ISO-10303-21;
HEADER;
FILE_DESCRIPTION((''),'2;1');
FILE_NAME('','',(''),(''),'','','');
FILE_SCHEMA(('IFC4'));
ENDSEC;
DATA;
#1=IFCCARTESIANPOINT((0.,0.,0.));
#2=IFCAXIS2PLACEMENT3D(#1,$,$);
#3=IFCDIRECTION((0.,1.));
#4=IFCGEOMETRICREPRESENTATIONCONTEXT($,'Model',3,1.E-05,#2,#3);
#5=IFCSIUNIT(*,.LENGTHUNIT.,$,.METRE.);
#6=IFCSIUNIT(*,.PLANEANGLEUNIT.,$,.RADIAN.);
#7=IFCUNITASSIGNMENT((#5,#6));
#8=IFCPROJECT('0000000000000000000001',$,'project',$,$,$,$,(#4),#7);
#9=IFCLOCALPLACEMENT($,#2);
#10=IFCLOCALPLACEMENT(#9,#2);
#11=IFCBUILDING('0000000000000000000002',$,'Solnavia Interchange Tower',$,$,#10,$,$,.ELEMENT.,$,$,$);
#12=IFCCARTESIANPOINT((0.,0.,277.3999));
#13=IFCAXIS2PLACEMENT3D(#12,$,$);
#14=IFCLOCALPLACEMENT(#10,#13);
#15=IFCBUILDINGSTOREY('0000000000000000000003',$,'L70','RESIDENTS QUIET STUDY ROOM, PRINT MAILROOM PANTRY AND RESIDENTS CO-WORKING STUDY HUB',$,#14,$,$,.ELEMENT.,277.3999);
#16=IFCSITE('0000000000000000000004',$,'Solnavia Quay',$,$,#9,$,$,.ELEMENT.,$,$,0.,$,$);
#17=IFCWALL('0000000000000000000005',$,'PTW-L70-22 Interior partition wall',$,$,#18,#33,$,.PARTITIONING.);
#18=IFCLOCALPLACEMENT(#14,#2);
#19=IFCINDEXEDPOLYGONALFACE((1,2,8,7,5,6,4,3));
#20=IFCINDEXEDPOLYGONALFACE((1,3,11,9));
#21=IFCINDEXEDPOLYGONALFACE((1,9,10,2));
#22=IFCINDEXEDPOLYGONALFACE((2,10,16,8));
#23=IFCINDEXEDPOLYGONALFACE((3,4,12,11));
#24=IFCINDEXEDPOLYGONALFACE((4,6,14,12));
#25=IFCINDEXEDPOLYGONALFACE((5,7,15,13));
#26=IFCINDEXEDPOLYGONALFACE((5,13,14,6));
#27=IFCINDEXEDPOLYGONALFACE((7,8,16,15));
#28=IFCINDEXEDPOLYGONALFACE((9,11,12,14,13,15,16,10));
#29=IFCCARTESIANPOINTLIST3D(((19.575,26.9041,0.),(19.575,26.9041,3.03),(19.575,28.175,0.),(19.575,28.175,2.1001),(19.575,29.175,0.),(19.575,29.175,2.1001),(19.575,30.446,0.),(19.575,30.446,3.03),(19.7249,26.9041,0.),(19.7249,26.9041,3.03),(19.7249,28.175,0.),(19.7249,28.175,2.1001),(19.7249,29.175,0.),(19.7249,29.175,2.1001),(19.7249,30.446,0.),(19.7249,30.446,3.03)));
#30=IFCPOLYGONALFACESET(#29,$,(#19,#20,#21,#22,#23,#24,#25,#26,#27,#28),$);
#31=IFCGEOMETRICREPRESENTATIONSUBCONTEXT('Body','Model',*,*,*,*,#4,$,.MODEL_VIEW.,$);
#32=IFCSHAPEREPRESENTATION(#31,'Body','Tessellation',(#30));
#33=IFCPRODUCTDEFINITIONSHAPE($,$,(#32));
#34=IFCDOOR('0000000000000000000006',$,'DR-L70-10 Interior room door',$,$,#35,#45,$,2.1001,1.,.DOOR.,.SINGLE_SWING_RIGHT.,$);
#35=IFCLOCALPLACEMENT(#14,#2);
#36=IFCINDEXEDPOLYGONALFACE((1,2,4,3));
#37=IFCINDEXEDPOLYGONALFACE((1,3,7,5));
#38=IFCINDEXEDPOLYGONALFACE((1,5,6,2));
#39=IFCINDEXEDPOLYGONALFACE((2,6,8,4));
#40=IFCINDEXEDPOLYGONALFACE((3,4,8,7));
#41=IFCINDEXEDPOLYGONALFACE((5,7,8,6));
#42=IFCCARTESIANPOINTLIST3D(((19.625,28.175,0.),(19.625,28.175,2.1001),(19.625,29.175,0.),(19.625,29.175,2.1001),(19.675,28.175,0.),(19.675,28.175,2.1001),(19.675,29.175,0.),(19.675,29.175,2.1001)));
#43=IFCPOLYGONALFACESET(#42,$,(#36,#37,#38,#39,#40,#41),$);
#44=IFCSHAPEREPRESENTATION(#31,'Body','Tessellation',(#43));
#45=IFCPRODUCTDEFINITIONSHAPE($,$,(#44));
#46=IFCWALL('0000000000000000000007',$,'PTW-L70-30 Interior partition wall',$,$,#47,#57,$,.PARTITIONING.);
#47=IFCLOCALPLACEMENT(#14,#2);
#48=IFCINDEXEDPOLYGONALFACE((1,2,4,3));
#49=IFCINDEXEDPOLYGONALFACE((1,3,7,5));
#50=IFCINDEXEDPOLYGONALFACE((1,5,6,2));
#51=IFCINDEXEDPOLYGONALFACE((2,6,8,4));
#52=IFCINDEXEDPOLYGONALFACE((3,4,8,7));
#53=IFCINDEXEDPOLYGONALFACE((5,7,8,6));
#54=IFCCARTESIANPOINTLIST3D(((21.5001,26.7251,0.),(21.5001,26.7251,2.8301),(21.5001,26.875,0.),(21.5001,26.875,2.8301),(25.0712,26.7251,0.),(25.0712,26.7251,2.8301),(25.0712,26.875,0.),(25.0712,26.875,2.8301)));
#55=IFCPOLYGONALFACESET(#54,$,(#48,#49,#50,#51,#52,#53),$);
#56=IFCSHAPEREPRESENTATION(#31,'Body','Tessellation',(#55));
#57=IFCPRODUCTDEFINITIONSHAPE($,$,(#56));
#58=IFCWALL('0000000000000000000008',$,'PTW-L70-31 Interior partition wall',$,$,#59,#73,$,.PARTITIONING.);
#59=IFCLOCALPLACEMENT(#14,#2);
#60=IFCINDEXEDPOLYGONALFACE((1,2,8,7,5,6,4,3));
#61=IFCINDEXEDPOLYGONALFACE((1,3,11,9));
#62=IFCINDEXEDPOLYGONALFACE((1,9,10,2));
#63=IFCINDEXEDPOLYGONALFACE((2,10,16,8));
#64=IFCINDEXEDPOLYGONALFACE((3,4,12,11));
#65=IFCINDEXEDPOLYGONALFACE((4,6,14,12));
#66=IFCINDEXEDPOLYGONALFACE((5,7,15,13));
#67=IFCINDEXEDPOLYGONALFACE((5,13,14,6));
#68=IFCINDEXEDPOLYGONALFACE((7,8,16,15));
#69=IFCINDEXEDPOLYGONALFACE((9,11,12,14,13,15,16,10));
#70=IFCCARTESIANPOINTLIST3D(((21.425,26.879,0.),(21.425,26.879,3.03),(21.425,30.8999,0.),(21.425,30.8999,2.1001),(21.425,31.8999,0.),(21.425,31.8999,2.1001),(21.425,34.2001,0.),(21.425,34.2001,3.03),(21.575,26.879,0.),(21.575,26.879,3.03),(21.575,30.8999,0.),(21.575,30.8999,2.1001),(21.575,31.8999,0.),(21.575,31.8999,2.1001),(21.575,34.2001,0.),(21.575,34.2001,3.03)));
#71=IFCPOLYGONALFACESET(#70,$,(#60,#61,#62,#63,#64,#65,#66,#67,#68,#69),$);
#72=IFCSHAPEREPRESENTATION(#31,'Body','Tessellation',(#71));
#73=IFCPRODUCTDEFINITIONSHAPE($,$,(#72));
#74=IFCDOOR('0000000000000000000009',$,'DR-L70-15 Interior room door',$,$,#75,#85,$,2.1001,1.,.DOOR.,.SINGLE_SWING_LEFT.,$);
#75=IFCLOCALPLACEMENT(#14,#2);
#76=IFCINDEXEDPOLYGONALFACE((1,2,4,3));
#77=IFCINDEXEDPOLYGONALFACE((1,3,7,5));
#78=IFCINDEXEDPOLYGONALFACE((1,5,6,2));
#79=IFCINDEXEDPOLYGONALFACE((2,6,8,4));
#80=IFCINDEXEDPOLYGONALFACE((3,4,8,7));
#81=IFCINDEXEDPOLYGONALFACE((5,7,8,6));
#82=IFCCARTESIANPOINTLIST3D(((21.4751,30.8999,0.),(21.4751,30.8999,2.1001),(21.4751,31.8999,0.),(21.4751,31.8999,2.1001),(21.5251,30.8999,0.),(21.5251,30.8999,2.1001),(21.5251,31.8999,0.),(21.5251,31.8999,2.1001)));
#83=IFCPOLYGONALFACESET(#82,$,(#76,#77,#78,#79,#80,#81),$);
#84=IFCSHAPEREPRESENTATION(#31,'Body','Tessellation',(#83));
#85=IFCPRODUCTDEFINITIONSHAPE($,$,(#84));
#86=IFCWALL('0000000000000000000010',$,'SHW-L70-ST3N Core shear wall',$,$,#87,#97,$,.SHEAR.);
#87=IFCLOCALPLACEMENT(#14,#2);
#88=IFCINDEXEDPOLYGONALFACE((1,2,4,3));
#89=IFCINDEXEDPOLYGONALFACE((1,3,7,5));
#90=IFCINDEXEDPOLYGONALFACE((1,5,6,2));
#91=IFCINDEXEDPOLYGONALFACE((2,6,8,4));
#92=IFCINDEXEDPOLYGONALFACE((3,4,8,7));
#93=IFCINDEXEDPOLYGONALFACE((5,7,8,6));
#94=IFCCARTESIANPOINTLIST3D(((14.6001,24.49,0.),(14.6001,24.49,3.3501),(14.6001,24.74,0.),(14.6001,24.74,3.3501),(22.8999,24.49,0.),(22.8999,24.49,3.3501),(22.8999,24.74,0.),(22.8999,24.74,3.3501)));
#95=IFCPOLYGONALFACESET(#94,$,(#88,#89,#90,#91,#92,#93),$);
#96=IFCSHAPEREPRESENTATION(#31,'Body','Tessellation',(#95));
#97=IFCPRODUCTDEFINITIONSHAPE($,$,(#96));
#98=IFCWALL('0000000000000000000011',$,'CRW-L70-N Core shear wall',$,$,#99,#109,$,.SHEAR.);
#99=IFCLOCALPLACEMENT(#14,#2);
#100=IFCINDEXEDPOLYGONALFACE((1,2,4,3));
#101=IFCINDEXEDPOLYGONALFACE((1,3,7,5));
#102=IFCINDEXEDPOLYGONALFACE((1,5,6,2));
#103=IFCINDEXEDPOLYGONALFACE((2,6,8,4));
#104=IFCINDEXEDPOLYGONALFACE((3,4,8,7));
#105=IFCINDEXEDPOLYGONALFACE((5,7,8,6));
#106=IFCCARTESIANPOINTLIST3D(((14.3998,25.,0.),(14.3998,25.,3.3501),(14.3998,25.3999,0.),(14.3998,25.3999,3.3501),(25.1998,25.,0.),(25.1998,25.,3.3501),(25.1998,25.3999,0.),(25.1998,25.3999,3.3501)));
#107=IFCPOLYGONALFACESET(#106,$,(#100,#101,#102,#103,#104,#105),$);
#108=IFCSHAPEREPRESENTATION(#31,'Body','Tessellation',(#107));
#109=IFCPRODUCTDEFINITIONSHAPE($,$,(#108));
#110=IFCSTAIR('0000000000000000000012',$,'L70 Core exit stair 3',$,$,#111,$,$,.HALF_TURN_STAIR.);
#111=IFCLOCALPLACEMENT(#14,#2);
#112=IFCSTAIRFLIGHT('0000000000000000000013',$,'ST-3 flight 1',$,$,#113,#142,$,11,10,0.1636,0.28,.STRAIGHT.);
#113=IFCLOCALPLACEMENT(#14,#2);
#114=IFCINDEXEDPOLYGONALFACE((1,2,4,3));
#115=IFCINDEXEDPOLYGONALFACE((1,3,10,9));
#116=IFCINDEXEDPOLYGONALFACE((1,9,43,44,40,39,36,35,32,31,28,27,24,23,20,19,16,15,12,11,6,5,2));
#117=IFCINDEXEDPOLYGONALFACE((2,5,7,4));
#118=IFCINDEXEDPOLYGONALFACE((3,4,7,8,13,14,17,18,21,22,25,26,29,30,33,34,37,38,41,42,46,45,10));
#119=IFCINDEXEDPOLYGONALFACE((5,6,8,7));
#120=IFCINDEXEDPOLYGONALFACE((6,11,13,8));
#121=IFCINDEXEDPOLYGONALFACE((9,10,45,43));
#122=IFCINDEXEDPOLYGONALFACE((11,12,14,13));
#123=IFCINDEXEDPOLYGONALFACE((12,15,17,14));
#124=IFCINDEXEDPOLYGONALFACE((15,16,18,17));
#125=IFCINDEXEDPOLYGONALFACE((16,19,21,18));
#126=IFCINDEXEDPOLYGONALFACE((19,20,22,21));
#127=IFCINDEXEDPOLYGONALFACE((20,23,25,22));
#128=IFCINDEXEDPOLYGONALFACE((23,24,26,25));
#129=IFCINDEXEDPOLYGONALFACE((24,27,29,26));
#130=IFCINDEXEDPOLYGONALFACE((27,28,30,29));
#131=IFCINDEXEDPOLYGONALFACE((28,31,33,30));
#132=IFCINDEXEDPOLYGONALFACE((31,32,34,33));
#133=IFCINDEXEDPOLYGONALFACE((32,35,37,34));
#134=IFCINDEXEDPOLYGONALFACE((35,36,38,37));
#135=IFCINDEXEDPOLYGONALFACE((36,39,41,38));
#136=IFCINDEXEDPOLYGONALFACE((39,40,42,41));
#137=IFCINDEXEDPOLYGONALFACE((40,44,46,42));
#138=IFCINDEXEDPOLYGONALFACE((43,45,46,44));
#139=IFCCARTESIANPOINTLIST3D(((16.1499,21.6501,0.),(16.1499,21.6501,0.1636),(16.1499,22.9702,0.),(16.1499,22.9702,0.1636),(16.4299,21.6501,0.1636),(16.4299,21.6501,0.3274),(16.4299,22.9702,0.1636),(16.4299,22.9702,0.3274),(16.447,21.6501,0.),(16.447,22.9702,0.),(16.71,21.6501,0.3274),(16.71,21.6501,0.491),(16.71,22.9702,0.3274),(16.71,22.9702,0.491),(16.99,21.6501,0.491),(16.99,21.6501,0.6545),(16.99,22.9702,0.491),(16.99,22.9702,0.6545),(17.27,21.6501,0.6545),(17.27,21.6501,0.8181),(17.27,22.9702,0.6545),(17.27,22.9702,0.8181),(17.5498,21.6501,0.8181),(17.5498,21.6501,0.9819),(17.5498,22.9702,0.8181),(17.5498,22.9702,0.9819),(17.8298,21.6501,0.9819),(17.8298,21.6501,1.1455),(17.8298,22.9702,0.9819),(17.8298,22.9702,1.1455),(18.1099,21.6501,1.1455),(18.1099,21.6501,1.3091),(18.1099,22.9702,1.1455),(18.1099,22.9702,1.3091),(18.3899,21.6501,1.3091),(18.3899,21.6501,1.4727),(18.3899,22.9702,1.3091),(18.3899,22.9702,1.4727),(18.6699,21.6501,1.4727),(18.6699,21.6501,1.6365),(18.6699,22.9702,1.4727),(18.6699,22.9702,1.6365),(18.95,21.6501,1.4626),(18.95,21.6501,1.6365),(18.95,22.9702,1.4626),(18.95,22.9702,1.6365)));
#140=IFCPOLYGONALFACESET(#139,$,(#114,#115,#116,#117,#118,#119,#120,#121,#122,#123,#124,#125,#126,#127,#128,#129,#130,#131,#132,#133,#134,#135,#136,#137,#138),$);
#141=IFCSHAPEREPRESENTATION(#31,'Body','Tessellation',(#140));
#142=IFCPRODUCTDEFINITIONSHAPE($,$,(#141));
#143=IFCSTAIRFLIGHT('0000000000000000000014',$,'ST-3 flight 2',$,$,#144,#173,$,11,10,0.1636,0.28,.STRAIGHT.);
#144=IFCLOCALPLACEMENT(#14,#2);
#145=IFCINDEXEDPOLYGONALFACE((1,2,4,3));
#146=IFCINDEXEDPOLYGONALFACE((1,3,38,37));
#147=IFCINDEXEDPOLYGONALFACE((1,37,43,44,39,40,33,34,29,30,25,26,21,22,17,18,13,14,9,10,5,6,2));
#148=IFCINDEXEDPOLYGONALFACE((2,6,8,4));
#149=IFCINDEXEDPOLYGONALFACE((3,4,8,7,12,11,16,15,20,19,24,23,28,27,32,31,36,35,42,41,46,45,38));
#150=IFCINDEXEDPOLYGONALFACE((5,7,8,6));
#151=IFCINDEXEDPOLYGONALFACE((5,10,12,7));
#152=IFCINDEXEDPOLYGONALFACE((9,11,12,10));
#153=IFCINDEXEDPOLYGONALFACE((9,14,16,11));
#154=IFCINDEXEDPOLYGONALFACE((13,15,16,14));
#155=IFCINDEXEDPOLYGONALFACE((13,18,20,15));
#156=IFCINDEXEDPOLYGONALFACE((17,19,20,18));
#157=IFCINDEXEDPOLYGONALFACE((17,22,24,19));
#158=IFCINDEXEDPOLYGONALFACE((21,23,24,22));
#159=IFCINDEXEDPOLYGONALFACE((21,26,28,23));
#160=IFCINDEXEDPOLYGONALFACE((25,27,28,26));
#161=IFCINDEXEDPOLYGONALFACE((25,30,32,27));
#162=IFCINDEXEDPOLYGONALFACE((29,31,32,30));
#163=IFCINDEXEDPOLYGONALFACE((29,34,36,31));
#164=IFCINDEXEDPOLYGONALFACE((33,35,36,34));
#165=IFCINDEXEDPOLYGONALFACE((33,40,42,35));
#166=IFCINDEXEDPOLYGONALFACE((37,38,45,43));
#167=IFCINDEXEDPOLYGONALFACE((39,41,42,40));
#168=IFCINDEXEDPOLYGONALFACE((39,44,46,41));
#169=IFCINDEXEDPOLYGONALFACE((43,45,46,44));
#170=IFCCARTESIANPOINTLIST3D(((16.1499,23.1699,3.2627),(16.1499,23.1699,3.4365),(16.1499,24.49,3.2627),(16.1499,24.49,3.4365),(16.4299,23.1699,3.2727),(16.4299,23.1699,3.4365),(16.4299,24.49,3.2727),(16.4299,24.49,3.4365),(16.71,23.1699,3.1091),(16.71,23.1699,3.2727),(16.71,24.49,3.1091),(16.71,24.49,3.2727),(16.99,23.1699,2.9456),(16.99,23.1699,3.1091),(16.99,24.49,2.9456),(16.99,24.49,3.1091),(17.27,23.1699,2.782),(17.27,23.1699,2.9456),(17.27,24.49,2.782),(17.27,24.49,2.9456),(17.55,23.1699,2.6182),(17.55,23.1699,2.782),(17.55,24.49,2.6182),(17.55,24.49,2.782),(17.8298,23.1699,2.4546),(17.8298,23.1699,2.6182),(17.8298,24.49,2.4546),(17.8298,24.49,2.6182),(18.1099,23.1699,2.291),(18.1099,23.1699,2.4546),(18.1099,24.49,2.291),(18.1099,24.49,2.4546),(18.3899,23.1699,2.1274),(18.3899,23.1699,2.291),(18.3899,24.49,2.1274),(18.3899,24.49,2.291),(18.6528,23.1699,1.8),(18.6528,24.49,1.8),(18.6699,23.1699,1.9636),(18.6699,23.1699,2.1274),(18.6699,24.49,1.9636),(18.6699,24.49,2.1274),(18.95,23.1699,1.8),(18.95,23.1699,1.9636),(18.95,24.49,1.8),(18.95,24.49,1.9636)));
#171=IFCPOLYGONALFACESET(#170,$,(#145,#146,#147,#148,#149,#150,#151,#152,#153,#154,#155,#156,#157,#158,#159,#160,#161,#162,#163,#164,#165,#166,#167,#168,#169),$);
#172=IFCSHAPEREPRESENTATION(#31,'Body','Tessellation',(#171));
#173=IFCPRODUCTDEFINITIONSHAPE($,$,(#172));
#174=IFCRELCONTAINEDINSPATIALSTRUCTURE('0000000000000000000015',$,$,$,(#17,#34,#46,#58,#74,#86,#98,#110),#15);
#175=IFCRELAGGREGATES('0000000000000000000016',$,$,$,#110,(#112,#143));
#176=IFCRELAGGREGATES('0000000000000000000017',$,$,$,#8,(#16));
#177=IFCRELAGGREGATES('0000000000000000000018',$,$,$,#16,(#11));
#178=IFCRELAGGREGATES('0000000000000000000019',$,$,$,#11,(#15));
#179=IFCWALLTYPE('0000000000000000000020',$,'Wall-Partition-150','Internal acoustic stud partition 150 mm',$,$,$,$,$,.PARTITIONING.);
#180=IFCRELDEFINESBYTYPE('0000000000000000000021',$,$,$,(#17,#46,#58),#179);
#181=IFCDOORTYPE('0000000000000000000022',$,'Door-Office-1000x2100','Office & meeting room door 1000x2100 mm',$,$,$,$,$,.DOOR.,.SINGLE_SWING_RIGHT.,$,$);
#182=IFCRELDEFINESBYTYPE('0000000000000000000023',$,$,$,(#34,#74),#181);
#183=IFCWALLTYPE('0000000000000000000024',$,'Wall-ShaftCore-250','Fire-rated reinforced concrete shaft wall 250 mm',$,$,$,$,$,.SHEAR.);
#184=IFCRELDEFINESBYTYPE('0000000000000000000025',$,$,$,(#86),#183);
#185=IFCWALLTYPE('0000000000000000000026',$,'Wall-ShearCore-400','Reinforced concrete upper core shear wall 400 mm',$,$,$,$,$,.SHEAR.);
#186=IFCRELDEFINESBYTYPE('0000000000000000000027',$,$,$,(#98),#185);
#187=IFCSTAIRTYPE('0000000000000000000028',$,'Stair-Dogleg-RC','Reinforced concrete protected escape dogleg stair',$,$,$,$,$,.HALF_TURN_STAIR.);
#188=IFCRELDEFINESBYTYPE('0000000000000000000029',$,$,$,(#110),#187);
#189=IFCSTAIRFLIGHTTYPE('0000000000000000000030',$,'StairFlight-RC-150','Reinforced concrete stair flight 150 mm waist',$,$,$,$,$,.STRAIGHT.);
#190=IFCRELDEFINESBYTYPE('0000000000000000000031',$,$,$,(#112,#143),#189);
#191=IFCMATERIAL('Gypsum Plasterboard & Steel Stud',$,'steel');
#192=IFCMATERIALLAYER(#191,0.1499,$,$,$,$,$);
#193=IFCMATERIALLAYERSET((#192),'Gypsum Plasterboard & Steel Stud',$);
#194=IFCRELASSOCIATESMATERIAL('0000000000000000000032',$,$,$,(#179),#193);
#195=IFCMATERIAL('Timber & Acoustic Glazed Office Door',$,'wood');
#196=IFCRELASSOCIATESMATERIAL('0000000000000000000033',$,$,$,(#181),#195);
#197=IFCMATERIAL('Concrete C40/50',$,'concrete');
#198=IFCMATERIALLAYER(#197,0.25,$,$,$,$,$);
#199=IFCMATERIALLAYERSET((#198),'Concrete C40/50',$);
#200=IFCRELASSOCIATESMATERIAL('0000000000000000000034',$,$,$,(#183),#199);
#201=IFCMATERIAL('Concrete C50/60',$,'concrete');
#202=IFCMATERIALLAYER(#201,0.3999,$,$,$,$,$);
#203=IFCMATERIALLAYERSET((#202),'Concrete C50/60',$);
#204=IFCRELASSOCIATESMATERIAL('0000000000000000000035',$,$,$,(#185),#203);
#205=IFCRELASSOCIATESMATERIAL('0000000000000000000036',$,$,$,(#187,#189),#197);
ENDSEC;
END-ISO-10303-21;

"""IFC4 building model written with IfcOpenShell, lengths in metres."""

from ifc_helpers import new_model, si_unit, direction, frame, frame_2d, origin, place, context, subcontext, project, spatial, polyline, rectangle, outline, extrude, material, layer, layer_set, type_object, element, fill, aggregate, save


model = new_model("IFC4")

# Units and contexts
model_context = context("Model", 3, precision=1e-05, world=origin(), true_north=direction((0.0, 1.0)))
body_context = subcontext(model_context, "Body", "Model", "MODEL_VIEW")
ifc_project = project(units=[si_unit("LENGTHUNIT", "METRE"), si_unit("PLANEANGLEUNIT", "RADIAN")], contexts=[model_context])

# Site, building, storey
site_placement = place(None, origin())
site = spatial("IfcSite", under=ifc_project, at=site_placement, Name="Solnavia Quay", CompositionType="ELEMENT", RefElevation=0.0)
building_placement = place(site_placement, origin())
building = spatial("IfcBuilding", under=site, at=building_placement, Name="Solnavia Interchange Tower", CompositionType="ELEMENT")
storey_placement = place(building_placement, frame((0.0, 0.0, 277.3999)))
storey = spatial("IfcBuildingStorey", under=building, at=storey_placement, Name="L70", Description="RESIDENTS QUIET STUDY ROOM, PRINT MAILROOM PANTRY AND RESIDENTS CO-WORKING STUDY HUB", CompositionType="ELEMENT", Elevation=277.3999)

# Shared definitions
ifc_material_1 = material(Name="Concrete C50/60", Category="concrete")

# Shared definitions
ifc_material_2 = material(Name="Concrete C40/50", Category="concrete")

# Shared definitions
ifc_material_3 = material(Name="Gypsum Plasterboard & Steel Stud", Category="steel")
ifc_layer_1 = layer(ifc_material_3, 0.1499)
ifc_layer_set_1 = layer_set([ifc_layer_1], Name="Gypsum Plasterboard & Steel Stud")
wall_type_1 = type_object("IfcWallType", Name="Wall-Partition-150", Description="Internal acoustic stud partition 150 mm", PredefinedType="PARTITIONING", material=ifc_layer_set_1)

# Wall, opening, door
wall_1_placement = place(storey_placement, frame((19.6499, 26.9041, 0.0), z_axis=(0.0, 0.0, 1.0), x_axis=(0.0, 1.0, 0.0)))
wall_1 = element("IfcWall", 1, at=wall_1_placement, inside=storey, type_object=wall_type_1, Name="PTW-L70-22 Interior partition wall", PredefinedType="PARTITIONING", context=body_context, shape_type="SweptSolid", body=[
    extrude(rectangle(XDim=3.542, YDim=0.1499, at=frame_2d((1.771, 0.0))), origin(), (0.0, 0.0, 1.0), 3.03),
])
opening_1_placement = place(wall_1_placement, frame((1.271, 0.0, 0.0)))
opening_1 = element("IfcOpeningElement", 2, at=opening_1_placement, cuts=wall_1, PredefinedType="OPENING", context=body_context, shape_type="SweptSolid", body=[
    extrude(rectangle(XDim=1.0, YDim=2.1001, at=frame_2d((0.5, 1.05))), frame((0.0, 0.085, 0.0), z_axis=(0.0, -1.0, 0.0), x_axis=(1.0, 0.0, 0.0)), (0.0, 0.0, 1.0), 0.1699),
])
ifc_material_4 = material(Name="Timber & Acoustic Glazed Office Door", Category="wood")
door_type = type_object("IfcDoorType", Name="Door-Office-1000x2100", Description="Office & meeting room door 1000x2100 mm", OperationType="SINGLE_SWING_RIGHT", PredefinedType="DOOR", material=ifc_material_4)
door_1_placement = place(opening_1_placement, origin())
door_1 = element("IfcDoor", 3, at=door_1_placement, inside=storey, type_object=door_type, Name="DR-L70-10 Interior room door", OperationType="SINGLE_SWING_RIGHT", OverallHeight=2.1001, OverallWidth=1.0, PredefinedType="DOOR", context=body_context, shape_type="SweptSolid", body=[
    extrude(rectangle(XDim=1.0, YDim=2.1001, at=frame_2d((0.5, 1.05))), frame((0.0, 0.0249, 0.0), z_axis=(0.0, -1.0, 0.0), x_axis=(1.0, 0.0, 0.0)), (0.0, 0.0, 1.0), 0.05),
])
fill(opening_1, door_1)

# Wall
wall_2_placement = place(storey_placement, frame((21.5, 26.8, 0.0), z_axis=(0.0, 0.0, 1.0), x_axis=(1.0, 0.0, 0.0)))
element("IfcWall", 4, at=wall_2_placement, inside=storey, type_object=wall_type_1, Name="PTW-L70-30 Interior partition wall", PredefinedType="PARTITIONING", context=body_context, shape_type="SweptSolid", body=[
    extrude(rectangle(XDim=3.571, YDim=0.1499, at=frame_2d((1.7856, 0.0))), origin(), (0.0, 0.0, 1.0), 2.8301),
])

# Wall, opening, door
wall_3_placement = place(storey_placement, frame((21.5, 26.8789, 0.0), z_axis=(0.0, 0.0, 1.0), x_axis=(0.0, 1.0, 0.0)))
wall_3 = element("IfcWall", 5, at=wall_3_placement, inside=storey, type_object=wall_type_1, Name="PTW-L70-31 Interior partition wall", PredefinedType="PARTITIONING", context=body_context, shape_type="SweptSolid", body=[
    extrude(rectangle(XDim=7.321, YDim=0.1499, at=frame_2d((3.6606, 0.0))), origin(), (0.0, 0.0, 1.0), 3.03),
])
opening_2_placement = place(wall_3_placement, frame((4.021, 0.0, 0.0)))
opening_2 = element("IfcOpeningElement", 6, at=opening_2_placement, cuts=wall_3, PredefinedType="OPENING", context=body_context, shape_type="SweptSolid", body=[
    extrude(rectangle(XDim=1.0, YDim=2.1001, at=frame_2d((0.5, 1.05))), frame((0.0, 0.085, 0.0), z_axis=(0.0, -1.0, 0.0), x_axis=(1.0, 0.0, 0.0)), (0.0, 0.0, 1.0), 0.1699),
])
door_2_placement = place(opening_2_placement, origin())
door_2 = element("IfcDoor", 7, at=door_2_placement, inside=storey, type_object=door_type, Name="DR-L70-15 Interior room door", OperationType="SINGLE_SWING_LEFT", OverallHeight=2.1001, OverallWidth=1.0, PredefinedType="DOOR", context=body_context, shape_type="SweptSolid", body=[
    extrude(rectangle(XDim=1.0, YDim=2.1001, at=frame_2d((0.5, 1.05))), frame((0.0, 0.0249, 0.0), z_axis=(0.0, -1.0, 0.0), x_axis=(1.0, 0.0, 0.0)), (0.0, 0.0, 1.0), 0.05),
])
fill(opening_2, door_2)

# Walls
ifc_layer_2 = layer(ifc_material_2, 0.25)
ifc_layer_set_2 = layer_set([ifc_layer_2], Name="Concrete C40/50")
wall_type_2 = type_object("IfcWallType", Name="Wall-ShaftCore-250", Description="Fire-rated reinforced concrete shaft wall 250 mm", PredefinedType="SHEAR", material=ifc_layer_set_2)
wall_4_placement = place(storey_placement, frame((14.6001, 24.615, 0.0), z_axis=(0.0, 0.0, 1.0), x_axis=(1.0, 0.0, 0.0)))
element("IfcWall", 8, at=wall_4_placement, inside=storey, type_object=wall_type_2, Name="SHW-L70-ST3N Core shear wall", PredefinedType="SHEAR", context=body_context, shape_type="SweptSolid", body=[
    extrude(rectangle(XDim=8.2998, YDim=0.25, at=frame_2d((4.1499, 0.0))), origin(), (0.0, 0.0, 1.0), 3.3501),
])
ifc_layer_3 = layer(ifc_material_1, 0.3999)
ifc_layer_set_3 = layer_set([ifc_layer_3], Name="Concrete C50/60")
wall_type_3 = type_object("IfcWallType", Name="Wall-ShearCore-400", Description="Reinforced concrete upper core shear wall 400 mm", PredefinedType="SHEAR", material=ifc_layer_set_3)
wall_5_placement = place(storey_placement, frame((14.3999, 25.2, 0.0), z_axis=(0.0, 0.0, 1.0), x_axis=(1.0, 0.0, 0.0)))
element("IfcWall", 9, at=wall_5_placement, inside=storey, type_object=wall_type_3, Name="CRW-L70-N Core shear wall", PredefinedType="SHEAR", context=body_context, shape_type="SweptSolid", body=[
    extrude(rectangle(XDim=10.8, YDim=0.3999, at=frame_2d((5.3999, 0.0))), origin(), (0.0, 0.0, 1.0), 3.3501),
])

# Stair, stair flights
stair_type = type_object("IfcStairType", Name="Stair-Dogleg-RC", Description="Reinforced concrete protected escape dogleg stair", PredefinedType="HALF_TURN_STAIR", material=ifc_material_2)
stair_placement = place(storey_placement, origin())
stair = element("IfcStair", 10, at=stair_placement, inside=storey, type_object=stair_type, Name="L70 Core exit stair 3", PredefinedType="HALF_TURN_STAIR")
stair_flight_type = type_object("IfcStairFlightType", Name="StairFlight-RC-150", Description="Reinforced concrete stair flight 150 mm waist", PredefinedType="STRAIGHT", material=ifc_material_2)
stair_flight_1_placement = place(storey_placement, frame((16.1499, 22.3101, 0.0), z_axis=(0.0, 0.0, 1.0), x_axis=(1.0, 0.0, 0.0)))
stair_flight_1 = element("IfcStairFlight", 11, at=stair_flight_1_placement, type_object=stair_flight_type, Name="ST-3 flight 1", NumberOfRisers=11, NumberOfTreads=10, PredefinedType="STRAIGHT", RiserHeight=0.1636, TreadLength=0.28, context=body_context, shape_type="SweptSolid", body=[
    extrude(outline(polyline([(0.0, 0.0), (0.0, 0.1636), (0.28, 0.1636), (0.28, 0.3274), (0.5601, 0.3274), (0.5601, 0.491), (0.8401, 0.491), (0.8401, 0.6545), (1.1201, 0.6545), (1.1201, 0.8181), (1.3999, 0.8181), (1.3999, 0.9819), (1.6799, 0.9819), (1.6799, 1.1455), (1.96, 1.1455), (1.96, 1.3091), (2.24, 1.3091), (2.24, 1.4727), (2.52, 1.4727), (2.52, 1.6365), (2.8, 1.6365), (2.8, 1.8), (2.8, 1.4626), (0.2971, 0.0), (0.0, 0.0)])), frame((0.0, 0.6602, 0.0), z_axis=(0.0, -1.0, 0.0), x_axis=(1.0, 0.0, 0.0)), (0.0, 0.0, 1.0), 1.3201),
])
stair_flight_2_placement = place(storey_placement, frame((18.95, 23.8301, 1.8), z_axis=(0.0, 0.0, 1.0), x_axis=(-1.0, 0.0, 0.0)))
stair_flight_2 = element("IfcStairFlight", 12, at=stair_flight_2_placement, type_object=stair_flight_type, Name="ST-3 flight 2", NumberOfRisers=11, NumberOfTreads=10, PredefinedType="STRAIGHT", RiserHeight=0.1636, TreadLength=0.28, context=body_context, shape_type="SweptSolid", body=[
    extrude(outline(polyline([(0.0, 0.0), (0.0, 0.1636), (0.28, 0.1636), (0.28, 0.3274), (0.5601, 0.3274), (0.5601, 0.491), (0.8401, 0.491), (0.8401, 0.6545), (1.1201, 0.6545), (1.1201, 0.8181), (1.3999, 0.8181), (1.3999, 0.9819), (1.6799, 0.9819), (1.6799, 1.1455), (1.96, 1.1455), (1.96, 1.3091), (2.24, 1.3091), (2.24, 1.4727), (2.52, 1.4727), (2.52, 1.6365), (2.8, 1.6365), (2.8, 1.8), (2.8, 1.4626), (0.2971, 0.0), (0.0, 0.0)])), frame((0.0, 0.6602, 0.0), z_axis=(0.0, -1.0, 0.0), x_axis=(1.0, 0.0, 0.0)), (0.0, 0.0, 1.0), 1.3201),
])
aggregate(stair, [stair_flight_1, stair_flight_2])

save(model, "model.ifc")
